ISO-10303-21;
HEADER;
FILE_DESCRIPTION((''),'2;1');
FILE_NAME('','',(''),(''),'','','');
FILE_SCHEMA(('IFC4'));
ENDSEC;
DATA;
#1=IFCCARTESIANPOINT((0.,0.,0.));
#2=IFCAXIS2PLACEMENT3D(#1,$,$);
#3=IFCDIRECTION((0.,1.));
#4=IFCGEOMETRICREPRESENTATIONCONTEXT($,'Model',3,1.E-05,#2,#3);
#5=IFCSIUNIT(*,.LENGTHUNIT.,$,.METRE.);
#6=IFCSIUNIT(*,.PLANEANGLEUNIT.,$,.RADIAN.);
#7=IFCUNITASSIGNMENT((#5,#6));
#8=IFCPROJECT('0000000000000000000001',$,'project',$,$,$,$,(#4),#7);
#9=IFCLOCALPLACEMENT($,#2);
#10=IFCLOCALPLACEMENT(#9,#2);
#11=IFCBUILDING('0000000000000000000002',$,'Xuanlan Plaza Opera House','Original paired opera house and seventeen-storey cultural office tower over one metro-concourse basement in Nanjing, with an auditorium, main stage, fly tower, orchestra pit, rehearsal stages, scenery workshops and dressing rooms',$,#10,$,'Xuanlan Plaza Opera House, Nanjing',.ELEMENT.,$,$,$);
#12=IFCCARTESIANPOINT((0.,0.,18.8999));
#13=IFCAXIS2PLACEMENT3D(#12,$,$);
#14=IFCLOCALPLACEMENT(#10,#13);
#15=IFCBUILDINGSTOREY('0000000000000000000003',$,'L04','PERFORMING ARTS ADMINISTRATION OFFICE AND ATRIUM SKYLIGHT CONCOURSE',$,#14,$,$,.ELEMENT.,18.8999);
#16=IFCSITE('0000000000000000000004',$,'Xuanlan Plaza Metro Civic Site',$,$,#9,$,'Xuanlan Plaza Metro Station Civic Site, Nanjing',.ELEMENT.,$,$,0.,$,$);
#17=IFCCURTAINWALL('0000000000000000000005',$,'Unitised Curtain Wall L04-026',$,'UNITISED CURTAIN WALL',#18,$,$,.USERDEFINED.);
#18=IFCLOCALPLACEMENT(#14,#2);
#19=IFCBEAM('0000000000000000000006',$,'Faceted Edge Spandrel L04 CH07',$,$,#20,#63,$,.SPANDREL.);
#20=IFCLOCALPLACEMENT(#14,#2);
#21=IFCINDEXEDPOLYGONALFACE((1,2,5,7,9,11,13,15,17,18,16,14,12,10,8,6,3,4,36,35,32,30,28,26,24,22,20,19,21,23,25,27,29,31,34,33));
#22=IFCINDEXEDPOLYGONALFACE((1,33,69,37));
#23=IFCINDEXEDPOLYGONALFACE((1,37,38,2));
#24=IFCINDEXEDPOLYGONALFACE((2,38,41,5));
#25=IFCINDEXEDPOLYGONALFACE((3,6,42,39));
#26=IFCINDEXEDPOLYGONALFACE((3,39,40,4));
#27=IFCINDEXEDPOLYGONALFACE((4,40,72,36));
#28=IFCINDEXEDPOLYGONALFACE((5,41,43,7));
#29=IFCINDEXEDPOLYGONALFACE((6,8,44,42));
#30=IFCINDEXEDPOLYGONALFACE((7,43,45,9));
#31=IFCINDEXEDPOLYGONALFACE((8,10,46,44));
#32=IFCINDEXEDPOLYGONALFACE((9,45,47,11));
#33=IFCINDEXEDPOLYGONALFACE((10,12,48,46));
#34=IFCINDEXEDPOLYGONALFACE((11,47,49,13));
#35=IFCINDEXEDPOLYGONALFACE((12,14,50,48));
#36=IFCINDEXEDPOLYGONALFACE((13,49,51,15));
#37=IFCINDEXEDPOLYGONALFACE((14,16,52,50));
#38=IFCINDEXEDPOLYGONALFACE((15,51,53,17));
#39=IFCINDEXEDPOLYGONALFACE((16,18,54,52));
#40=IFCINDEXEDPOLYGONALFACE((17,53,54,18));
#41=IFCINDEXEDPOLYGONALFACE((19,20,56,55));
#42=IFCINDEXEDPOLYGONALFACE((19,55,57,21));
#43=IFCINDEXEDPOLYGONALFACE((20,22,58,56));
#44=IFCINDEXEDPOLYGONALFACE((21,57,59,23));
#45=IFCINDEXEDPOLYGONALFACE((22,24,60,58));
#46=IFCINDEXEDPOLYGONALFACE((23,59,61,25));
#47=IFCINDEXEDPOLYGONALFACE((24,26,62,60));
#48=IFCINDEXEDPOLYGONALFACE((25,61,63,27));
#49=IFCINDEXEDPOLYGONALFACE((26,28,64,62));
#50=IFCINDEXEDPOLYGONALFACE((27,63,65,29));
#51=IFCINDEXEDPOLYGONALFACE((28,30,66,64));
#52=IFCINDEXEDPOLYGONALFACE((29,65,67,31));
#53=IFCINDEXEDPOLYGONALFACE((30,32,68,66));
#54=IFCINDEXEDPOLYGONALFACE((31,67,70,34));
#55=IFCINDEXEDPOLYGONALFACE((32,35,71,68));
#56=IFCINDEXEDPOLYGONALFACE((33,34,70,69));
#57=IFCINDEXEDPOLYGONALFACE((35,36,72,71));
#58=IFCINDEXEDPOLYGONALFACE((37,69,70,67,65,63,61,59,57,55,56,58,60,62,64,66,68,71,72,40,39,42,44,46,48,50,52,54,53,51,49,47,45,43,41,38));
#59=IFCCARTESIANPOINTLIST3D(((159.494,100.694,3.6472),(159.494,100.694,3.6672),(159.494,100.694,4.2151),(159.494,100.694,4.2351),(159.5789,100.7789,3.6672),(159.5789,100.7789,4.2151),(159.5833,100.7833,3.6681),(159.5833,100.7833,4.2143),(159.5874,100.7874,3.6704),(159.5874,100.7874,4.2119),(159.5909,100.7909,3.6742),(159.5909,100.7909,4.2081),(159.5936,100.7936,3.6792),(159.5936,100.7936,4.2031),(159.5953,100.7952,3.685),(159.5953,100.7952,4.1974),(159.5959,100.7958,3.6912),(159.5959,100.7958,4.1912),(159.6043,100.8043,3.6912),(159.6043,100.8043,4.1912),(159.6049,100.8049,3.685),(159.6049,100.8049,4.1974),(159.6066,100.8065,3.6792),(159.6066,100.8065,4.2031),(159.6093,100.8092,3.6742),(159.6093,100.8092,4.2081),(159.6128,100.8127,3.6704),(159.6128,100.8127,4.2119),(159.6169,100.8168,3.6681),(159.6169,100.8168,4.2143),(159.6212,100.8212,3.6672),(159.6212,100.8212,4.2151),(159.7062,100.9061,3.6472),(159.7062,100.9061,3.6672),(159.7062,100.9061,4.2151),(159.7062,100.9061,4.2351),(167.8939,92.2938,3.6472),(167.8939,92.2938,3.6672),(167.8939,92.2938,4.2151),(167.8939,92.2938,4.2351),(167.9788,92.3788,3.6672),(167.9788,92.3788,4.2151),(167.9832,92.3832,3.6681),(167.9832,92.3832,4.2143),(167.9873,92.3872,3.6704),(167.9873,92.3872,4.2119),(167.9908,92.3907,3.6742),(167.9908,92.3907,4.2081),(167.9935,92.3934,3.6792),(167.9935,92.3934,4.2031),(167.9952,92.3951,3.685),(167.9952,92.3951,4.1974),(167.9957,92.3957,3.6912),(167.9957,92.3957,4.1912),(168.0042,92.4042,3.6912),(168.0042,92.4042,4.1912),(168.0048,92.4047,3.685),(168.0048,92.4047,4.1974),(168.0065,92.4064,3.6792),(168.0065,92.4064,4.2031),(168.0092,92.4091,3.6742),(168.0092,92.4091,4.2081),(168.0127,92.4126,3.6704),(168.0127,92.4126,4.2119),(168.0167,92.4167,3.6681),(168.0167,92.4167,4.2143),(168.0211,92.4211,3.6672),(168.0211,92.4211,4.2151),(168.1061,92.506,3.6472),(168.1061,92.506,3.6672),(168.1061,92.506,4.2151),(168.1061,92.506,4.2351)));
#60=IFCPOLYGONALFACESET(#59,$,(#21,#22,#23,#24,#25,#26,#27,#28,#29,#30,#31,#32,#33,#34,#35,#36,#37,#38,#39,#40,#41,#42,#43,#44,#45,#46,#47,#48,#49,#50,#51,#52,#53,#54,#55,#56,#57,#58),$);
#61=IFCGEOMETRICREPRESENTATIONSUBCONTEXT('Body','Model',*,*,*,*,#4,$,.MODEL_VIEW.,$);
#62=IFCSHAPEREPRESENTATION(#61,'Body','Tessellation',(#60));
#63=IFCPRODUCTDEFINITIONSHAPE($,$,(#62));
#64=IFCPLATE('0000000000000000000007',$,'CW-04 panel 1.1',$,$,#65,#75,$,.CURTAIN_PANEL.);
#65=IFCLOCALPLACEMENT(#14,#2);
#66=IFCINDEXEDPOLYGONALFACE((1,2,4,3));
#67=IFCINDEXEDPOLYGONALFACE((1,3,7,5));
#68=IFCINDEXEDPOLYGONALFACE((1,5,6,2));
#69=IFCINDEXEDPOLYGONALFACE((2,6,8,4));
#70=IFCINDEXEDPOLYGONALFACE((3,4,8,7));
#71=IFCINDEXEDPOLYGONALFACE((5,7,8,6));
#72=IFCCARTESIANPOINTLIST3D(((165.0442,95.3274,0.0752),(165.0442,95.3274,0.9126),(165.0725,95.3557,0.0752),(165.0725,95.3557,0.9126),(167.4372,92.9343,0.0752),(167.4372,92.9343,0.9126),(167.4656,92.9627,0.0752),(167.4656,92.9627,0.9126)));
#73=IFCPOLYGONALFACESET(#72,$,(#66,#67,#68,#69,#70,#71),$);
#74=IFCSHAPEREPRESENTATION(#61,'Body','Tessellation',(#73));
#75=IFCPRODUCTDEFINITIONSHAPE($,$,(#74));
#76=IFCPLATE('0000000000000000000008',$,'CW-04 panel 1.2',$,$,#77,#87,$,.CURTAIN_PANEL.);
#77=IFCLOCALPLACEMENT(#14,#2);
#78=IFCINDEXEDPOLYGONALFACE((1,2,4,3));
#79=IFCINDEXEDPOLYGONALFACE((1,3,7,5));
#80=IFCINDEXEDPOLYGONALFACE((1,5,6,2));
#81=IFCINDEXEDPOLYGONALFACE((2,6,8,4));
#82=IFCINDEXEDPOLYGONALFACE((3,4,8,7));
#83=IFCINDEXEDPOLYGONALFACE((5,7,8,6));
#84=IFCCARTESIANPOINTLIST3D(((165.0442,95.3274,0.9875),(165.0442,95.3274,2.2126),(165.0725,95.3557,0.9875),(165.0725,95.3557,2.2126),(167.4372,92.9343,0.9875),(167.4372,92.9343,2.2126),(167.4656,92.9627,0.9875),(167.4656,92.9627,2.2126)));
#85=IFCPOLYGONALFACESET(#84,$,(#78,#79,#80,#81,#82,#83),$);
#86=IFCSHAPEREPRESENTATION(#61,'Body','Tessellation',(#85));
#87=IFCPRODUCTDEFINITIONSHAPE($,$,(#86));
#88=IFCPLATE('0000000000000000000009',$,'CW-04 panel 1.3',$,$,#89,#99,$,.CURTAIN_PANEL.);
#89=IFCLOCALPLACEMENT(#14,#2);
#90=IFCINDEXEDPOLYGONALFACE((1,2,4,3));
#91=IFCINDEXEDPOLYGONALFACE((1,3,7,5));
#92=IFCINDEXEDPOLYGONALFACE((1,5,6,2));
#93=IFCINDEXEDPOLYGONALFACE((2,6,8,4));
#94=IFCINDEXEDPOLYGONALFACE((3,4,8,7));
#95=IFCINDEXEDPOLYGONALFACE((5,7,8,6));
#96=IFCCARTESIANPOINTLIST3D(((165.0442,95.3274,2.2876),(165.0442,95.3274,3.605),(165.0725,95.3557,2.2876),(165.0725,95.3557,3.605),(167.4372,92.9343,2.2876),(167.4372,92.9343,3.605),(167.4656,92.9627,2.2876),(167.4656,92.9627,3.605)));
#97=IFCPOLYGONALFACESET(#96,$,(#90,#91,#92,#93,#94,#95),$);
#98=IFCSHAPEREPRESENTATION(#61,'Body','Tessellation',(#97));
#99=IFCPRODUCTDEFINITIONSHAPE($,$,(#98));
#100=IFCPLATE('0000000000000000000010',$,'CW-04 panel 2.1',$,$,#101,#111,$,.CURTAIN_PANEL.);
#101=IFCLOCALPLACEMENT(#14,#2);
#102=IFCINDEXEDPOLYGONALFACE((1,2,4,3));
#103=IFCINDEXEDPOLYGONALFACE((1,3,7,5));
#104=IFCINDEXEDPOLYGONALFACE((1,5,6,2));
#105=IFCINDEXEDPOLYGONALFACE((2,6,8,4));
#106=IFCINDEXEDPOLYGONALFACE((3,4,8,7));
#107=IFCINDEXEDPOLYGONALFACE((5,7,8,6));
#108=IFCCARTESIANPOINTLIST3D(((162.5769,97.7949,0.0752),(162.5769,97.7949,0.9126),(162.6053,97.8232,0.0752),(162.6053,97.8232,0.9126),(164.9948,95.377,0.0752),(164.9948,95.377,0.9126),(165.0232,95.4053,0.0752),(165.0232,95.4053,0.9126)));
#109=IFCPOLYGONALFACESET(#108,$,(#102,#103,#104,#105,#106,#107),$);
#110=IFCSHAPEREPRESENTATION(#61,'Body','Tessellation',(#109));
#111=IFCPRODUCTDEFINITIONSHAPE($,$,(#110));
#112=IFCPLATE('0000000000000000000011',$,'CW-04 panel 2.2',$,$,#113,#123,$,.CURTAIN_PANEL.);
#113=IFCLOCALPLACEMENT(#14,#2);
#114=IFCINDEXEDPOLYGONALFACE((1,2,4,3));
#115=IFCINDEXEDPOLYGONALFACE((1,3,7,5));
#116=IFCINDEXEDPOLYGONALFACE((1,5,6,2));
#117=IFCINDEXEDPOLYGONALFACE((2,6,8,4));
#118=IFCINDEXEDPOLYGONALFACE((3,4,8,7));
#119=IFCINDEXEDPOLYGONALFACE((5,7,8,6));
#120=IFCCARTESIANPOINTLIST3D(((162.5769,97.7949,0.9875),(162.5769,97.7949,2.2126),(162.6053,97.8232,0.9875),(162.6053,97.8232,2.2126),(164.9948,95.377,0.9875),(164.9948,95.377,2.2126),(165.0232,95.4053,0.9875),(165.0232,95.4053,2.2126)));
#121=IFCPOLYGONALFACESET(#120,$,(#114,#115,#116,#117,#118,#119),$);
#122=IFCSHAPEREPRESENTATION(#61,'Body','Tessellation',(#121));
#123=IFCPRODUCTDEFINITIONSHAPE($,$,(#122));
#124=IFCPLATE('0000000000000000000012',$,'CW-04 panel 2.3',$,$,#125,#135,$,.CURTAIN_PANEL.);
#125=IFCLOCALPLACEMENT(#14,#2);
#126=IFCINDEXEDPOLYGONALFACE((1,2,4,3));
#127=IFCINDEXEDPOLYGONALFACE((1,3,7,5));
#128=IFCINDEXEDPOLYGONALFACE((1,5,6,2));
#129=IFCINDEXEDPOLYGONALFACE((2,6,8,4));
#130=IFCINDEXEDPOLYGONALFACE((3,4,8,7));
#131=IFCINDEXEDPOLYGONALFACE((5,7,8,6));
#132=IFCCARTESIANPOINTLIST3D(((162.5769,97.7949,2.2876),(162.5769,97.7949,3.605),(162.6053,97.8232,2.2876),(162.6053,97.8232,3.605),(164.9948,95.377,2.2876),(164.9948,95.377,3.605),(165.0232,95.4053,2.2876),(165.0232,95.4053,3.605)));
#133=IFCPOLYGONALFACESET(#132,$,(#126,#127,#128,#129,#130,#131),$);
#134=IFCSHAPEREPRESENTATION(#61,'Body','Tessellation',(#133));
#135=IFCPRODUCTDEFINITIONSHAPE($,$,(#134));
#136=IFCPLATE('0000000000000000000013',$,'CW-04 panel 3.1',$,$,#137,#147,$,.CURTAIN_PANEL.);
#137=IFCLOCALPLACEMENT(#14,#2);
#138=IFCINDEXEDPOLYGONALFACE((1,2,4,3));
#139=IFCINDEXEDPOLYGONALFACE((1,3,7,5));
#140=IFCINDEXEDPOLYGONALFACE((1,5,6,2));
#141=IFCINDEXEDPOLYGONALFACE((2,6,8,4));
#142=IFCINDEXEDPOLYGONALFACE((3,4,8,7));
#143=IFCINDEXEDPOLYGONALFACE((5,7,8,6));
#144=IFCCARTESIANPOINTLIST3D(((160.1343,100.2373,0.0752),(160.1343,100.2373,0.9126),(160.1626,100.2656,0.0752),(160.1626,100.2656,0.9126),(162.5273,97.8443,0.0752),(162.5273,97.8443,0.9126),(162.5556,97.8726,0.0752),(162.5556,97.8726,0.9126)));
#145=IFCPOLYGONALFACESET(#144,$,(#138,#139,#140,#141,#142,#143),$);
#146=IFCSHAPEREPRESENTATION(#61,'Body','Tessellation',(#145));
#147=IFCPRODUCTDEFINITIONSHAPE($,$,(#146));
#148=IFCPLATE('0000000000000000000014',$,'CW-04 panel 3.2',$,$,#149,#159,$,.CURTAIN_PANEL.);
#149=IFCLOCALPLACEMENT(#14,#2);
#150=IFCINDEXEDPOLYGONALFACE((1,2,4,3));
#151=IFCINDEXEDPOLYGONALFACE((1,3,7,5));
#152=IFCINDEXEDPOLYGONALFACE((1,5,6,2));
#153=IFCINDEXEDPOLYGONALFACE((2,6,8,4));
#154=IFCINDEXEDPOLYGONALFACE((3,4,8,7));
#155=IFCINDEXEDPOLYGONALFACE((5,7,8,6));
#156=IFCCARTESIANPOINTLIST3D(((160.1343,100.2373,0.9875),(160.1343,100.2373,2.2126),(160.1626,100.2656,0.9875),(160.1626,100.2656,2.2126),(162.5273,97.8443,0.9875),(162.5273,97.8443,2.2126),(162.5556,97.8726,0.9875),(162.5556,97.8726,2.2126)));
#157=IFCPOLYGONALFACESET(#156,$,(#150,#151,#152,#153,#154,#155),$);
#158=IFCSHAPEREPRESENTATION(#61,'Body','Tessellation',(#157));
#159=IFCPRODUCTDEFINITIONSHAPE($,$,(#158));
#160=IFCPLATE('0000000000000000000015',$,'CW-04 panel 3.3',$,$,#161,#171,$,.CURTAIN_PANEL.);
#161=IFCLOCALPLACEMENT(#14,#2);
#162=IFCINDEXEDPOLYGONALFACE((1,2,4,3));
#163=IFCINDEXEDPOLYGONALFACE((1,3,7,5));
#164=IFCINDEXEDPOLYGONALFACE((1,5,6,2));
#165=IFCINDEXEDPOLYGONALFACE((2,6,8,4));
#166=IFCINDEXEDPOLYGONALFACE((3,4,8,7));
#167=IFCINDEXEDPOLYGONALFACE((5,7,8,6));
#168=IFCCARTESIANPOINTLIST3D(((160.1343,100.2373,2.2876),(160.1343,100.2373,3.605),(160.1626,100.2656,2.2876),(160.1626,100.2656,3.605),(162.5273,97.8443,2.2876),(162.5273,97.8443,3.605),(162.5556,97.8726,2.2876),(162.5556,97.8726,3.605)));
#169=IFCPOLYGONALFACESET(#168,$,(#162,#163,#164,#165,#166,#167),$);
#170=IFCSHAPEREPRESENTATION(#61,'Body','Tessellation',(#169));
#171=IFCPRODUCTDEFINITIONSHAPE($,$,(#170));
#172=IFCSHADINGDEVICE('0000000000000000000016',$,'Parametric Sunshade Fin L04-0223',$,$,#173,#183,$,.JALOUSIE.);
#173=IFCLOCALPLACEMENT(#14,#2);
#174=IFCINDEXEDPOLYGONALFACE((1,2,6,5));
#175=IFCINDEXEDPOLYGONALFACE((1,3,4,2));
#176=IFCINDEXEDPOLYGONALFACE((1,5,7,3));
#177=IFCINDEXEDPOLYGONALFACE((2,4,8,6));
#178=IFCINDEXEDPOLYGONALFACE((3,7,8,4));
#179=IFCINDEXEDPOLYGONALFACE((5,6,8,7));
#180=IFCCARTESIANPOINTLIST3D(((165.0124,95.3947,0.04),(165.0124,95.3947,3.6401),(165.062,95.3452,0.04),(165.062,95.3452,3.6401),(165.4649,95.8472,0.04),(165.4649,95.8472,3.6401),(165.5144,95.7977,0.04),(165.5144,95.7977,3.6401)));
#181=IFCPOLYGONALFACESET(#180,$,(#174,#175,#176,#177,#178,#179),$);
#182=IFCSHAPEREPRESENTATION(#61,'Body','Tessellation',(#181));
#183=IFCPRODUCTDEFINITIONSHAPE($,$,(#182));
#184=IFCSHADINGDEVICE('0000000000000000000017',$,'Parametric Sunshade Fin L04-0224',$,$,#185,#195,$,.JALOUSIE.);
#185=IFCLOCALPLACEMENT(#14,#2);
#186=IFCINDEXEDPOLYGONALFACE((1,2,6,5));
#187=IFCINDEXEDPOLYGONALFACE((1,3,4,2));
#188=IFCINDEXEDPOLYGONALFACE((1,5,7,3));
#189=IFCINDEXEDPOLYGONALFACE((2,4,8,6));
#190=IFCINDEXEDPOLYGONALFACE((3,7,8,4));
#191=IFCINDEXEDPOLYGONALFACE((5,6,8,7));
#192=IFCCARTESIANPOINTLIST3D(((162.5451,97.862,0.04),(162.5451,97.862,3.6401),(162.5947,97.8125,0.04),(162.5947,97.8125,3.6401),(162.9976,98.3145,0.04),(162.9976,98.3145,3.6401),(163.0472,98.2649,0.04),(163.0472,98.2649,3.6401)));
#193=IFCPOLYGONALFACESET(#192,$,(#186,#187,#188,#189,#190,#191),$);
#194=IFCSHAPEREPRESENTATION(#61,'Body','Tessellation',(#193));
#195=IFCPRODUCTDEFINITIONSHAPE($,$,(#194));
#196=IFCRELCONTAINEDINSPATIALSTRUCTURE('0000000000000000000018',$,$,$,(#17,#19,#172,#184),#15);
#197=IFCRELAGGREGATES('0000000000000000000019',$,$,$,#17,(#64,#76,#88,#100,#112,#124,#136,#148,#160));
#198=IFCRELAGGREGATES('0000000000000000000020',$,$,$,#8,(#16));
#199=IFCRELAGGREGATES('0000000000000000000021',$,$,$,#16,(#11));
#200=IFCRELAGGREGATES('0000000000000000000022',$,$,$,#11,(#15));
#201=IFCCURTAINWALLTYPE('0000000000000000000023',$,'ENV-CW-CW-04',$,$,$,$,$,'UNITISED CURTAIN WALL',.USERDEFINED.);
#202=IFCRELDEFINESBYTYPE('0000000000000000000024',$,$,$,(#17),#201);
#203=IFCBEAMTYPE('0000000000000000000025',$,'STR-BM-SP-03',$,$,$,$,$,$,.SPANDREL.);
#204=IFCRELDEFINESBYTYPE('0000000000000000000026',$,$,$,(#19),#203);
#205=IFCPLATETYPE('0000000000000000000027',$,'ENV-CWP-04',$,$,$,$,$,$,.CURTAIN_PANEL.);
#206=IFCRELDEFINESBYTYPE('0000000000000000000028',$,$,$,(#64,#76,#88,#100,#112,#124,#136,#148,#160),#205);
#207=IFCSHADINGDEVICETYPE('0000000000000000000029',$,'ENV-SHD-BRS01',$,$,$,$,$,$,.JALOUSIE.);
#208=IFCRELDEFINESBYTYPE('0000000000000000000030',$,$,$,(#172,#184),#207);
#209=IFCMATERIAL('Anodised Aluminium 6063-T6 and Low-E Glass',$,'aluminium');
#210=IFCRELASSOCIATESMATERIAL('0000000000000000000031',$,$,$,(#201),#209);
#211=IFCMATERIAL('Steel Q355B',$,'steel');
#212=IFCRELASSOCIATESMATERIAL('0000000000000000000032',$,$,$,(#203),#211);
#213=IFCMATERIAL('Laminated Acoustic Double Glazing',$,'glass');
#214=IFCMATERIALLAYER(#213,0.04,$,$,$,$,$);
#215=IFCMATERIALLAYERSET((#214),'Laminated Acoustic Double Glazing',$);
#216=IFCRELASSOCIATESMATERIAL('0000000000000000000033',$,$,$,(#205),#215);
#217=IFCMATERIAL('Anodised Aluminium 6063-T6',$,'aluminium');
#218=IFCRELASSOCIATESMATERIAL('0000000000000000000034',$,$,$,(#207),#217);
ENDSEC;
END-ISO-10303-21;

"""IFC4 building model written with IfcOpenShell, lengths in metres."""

from ifc_helpers import new_model, si_unit, direction, frame, origin, origin_2d, place, context, subcontext, project, spatial, rectangle, i_section, extrude, material, layer, layer_set, material_profile, profile_set, type_object, element, aggregate, save


model = new_model("IFC4")

# Units and contexts
model_context = context("Model", 3, precision=1e-05, world=origin(), true_north=direction((0.0, 1.0)))
body_context = subcontext(model_context, "Body", "Model", "MODEL_VIEW")
ifc_project = project(units=[si_unit("LENGTHUNIT", "METRE"), si_unit("PLANEANGLEUNIT", "RADIAN")], contexts=[model_context])

# Site, building, storey
site_placement = place(None, origin())
site = spatial("IfcSite", under=ifc_project, at=site_placement, Name="Xuanlan Plaza Metro Civic Site", LongName="Xuanlan Plaza Metro Station Civic Site, Nanjing", CompositionType="ELEMENT", RefElevation=0.0)
building_placement = place(site_placement, origin())
building = spatial("IfcBuilding", under=site, at=building_placement, Name="Xuanlan Plaza Opera House", Description="Original paired opera house and seventeen-storey cultural office tower over one metro-concourse basement in Nanjing, with an auditorium, main stage, fly tower, orchestra pit, rehearsal stages, scenery workshops and dressing rooms", LongName="Xuanlan Plaza Opera House, Nanjing", CompositionType="ELEMENT")
storey_placement = place(building_placement, frame((0.0, 0.0, 18.8999)))
storey = spatial("IfcBuildingStorey", under=building, at=storey_placement, Name="L04", Description="PERFORMING ARTS ADMINISTRATION OFFICE AND ATRIUM SKYLIGHT CONCOURSE", CompositionType="ELEMENT", Elevation=18.8999)

# Curtain wall
ifc_material_1 = material(Name="Anodised Aluminium 6063-T6 and Low-E Glass", Category="aluminium")
curtain_wall_type = type_object("IfcCurtainWallType", Name="ENV-CW-CW-04", ElementType="UNITISED CURTAIN WALL", PredefinedType="USERDEFINED", material=ifc_material_1)
curtain_wall_placement = place(storey_placement, origin())
curtain_wall = element("IfcCurtainWall", 1, at=curtain_wall_placement, inside=storey, type_object=curtain_wall_type, Name="Unitised Curtain Wall L04-026", ObjectType="UNITISED CURTAIN WALL", PredefinedType="USERDEFINED")
ifc_material_2 = material(Name="Anodised Aluminium 6063-T6", Category="aluminium")

# Beam
ifc_material_3 = material(Name="Steel Q355B", Category="steel")
ifc_material_profile_1 = material_profile(ifc_material_3, i_section(OverallWidth=0.3, OverallDepth=0.5879, WebThickness=0.012, FlangeThickness=0.02, FilletRadius=0.0239, at=origin_2d()), Name="HM 588x300x12x20")
ifc_profile_set_1 = profile_set([ifc_material_profile_1], Name="Steel Q355B")
beam_type = type_object("IfcBeamType", Name="STR-BM-SP-03", PredefinedType="SPANDREL", material=ifc_profile_set_1)
beam_placement = place(storey_placement, frame((159.6001, 100.8, 3.9412), z_axis=(0.707097, -0.707117, 0.0), x_axis=(0.707117, 0.707097, 0.0)))
element("IfcBeam", 2, at=beam_placement, inside=storey, type_object=beam_type, Name="Faceted Edge Spandrel L04 CH07", PredefinedType="SPANDREL", context=body_context, shape_type="SweptSolid", body=[
    extrude(i_section(OverallWidth=0.3, OverallDepth=0.5879, WebThickness=0.012, FlangeThickness=0.02, FilletRadius=0.0239, at=origin_2d()), origin(), (0.0, 0.0, 1.0), 11.8794),
])

# Plates
ifc_material_4 = material(Name="Laminated Acoustic Double Glazing", Category="glass")
ifc_layer = layer(ifc_material_4, 0.04)
ifc_layer_set = layer_set([ifc_layer], Name="Laminated Acoustic Double Glazing")
plate_type = type_object("IfcPlateType", Name="ENV-CWP-04", PredefinedType="CURTAIN_PANEL", material=ifc_layer_set)
plate_1_placement = place(storey_placement, frame((166.2549, 94.145, 0.0752), z_axis=(0.0, 0.0, 1.0), x_axis=(-0.707107, 0.707107, 0.0)))
plate_1 = element("IfcPlate", 3, at=plate_1_placement, type_object=plate_type, Name="CW-04 panel 1.1", PredefinedType="CURTAIN_PANEL", context=body_context, shape_type="SweptSolid", body=[
    extrude(rectangle(XDim=3.3843, YDim=0.04, at=origin_2d()), origin(), (0.0, 0.0, 1.0), 0.8374),
])
plate_2_placement = place(storey_placement, frame((166.2549, 94.145, 0.9875), z_axis=(0.0, 0.0, 1.0), x_axis=(-0.707107, 0.707107, 0.0)))
plate_2 = element("IfcPlate", 4, at=plate_2_placement, type_object=plate_type, Name="CW-04 panel 1.2", PredefinedType="CURTAIN_PANEL", context=body_context, shape_type="SweptSolid", body=[
    extrude(rectangle(XDim=3.3843, YDim=0.04, at=origin_2d()), origin(), (0.0, 0.0, 1.0), 1.2251),
])
plate_3_placement = place(storey_placement, frame((166.2549, 94.145, 2.2876), z_axis=(0.0, 0.0, 1.0), x_axis=(-0.707107, 0.707107, 0.0)))
plate_3 = element("IfcPlate", 5, at=plate_3_placement, type_object=plate_type, Name="CW-04 panel 1.3", PredefinedType="CURTAIN_PANEL", context=body_context, shape_type="SweptSolid", body=[
    extrude(rectangle(XDim=3.3843, YDim=0.04, at=origin_2d()), origin(), (0.0, 0.0, 1.0), 1.3174),
])
plate_4_placement = place(storey_placement, frame((163.8, 96.6001, 0.0752), z_axis=(0.0, 0.0, 1.0), x_axis=(-0.707107, 0.707107, 0.0)))
plate_4 = element("IfcPlate", 6, at=plate_4_placement, type_object=plate_type, Name="CW-04 panel 2.1", PredefinedType="CURTAIN_PANEL", context=body_context, shape_type="SweptSolid", body=[
    extrude(rectangle(XDim=3.4194, YDim=0.04, at=origin_2d()), origin(), (0.0, 0.0, 1.0), 0.8374),
])
plate_5_placement = place(storey_placement, frame((163.8, 96.6001, 0.9875), z_axis=(0.0, 0.0, 1.0), x_axis=(-0.707107, 0.707107, 0.0)))
plate_5 = element("IfcPlate", 7, at=plate_5_placement, type_object=plate_type, Name="CW-04 panel 2.2", PredefinedType="CURTAIN_PANEL", context=body_context, shape_type="SweptSolid", body=[
    extrude(rectangle(XDim=3.4194, YDim=0.04, at=origin_2d()), origin(), (0.0, 0.0, 1.0), 1.2251),
])
plate_6_placement = place(storey_placement, frame((163.8, 96.6001, 2.2876), z_axis=(0.0, 0.0, 1.0), x_axis=(-0.707107, 0.707107, 0.0)))
plate_6 = element("IfcPlate", 8, at=plate_6_placement, type_object=plate_type, Name="CW-04 panel 2.3", PredefinedType="CURTAIN_PANEL", context=body_context, shape_type="SweptSolid", body=[
    extrude(rectangle(XDim=3.4194, YDim=0.04, at=origin_2d()), origin(), (0.0, 0.0, 1.0), 1.3174),
])
plate_7_placement = place(storey_placement, frame((161.345, 99.0549, 0.0752), z_axis=(0.0, 0.0, 1.0), x_axis=(-0.707107, 0.707107, 0.0)))
plate_7 = element("IfcPlate", 9, at=plate_7_placement, type_object=plate_type, Name="CW-04 panel 3.1", PredefinedType="CURTAIN_PANEL", context=body_context, shape_type="SweptSolid", body=[
    extrude(rectangle(XDim=3.3843, YDim=0.04, at=origin_2d()), origin(), (0.0, 0.0, 1.0), 0.8374),
])
plate_8_placement = place(storey_placement, frame((161.345, 99.0549, 0.9875), z_axis=(0.0, 0.0, 1.0), x_axis=(-0.707107, 0.707107, 0.0)))
plate_8 = element("IfcPlate", 10, at=plate_8_placement, type_object=plate_type, Name="CW-04 panel 3.2", PredefinedType="CURTAIN_PANEL", context=body_context, shape_type="SweptSolid", body=[
    extrude(rectangle(XDim=3.3843, YDim=0.04, at=origin_2d()), origin(), (0.0, 0.0, 1.0), 1.2251),
])
plate_9_placement = place(storey_placement, frame((161.345, 99.0549, 2.2876), z_axis=(0.0, 0.0, 1.0), x_axis=(-0.707107, 0.707107, 0.0)))
plate_9 = element("IfcPlate", 11, at=plate_9_placement, type_object=plate_type, Name="CW-04 panel 3.3", PredefinedType="CURTAIN_PANEL", context=body_context, shape_type="SweptSolid", body=[
    extrude(rectangle(XDim=3.3843, YDim=0.04, at=origin_2d()), origin(), (0.0, 0.0, 1.0), 1.3174),
])
aggregate(curtain_wall, [plate_1, plate_2, plate_3, plate_4, plate_5, plate_6, plate_7, plate_8, plate_9])

# Shading devices
shading_device_type = type_object("IfcShadingDeviceType", Name="ENV-SHD-BRS01", PredefinedType="JALOUSIE", material=ifc_material_2)
for number, where, z_axis, x_axis, name in (
    (12, (165.2634, 95.5962, 0.04), (0.0, 0.0, 1.0), (0.707107, 0.707107, 0.0), "Parametric Sunshade Fin L04-0223"),
    (13, (162.7961, 98.0635, 0.04), (0.0, 0.0, 1.0), (0.707107, 0.707107, 0.0), "Parametric Sunshade Fin L04-0224"),
):
    element("IfcShadingDevice", number, at=place(storey_placement, frame(where, z_axis=z_axis, x_axis=x_axis)), inside=storey, type_object=shading_device_type, Name=name, PredefinedType="JALOUSIE", context=body_context, shape_type="SweptSolid", body=[
        extrude(rectangle(XDim=0.6399, YDim=0.0701, at=origin_2d()), origin(), (0.0, 0.0, 1.0), 3.6001),
    ])

save(model, "model.ifc")
